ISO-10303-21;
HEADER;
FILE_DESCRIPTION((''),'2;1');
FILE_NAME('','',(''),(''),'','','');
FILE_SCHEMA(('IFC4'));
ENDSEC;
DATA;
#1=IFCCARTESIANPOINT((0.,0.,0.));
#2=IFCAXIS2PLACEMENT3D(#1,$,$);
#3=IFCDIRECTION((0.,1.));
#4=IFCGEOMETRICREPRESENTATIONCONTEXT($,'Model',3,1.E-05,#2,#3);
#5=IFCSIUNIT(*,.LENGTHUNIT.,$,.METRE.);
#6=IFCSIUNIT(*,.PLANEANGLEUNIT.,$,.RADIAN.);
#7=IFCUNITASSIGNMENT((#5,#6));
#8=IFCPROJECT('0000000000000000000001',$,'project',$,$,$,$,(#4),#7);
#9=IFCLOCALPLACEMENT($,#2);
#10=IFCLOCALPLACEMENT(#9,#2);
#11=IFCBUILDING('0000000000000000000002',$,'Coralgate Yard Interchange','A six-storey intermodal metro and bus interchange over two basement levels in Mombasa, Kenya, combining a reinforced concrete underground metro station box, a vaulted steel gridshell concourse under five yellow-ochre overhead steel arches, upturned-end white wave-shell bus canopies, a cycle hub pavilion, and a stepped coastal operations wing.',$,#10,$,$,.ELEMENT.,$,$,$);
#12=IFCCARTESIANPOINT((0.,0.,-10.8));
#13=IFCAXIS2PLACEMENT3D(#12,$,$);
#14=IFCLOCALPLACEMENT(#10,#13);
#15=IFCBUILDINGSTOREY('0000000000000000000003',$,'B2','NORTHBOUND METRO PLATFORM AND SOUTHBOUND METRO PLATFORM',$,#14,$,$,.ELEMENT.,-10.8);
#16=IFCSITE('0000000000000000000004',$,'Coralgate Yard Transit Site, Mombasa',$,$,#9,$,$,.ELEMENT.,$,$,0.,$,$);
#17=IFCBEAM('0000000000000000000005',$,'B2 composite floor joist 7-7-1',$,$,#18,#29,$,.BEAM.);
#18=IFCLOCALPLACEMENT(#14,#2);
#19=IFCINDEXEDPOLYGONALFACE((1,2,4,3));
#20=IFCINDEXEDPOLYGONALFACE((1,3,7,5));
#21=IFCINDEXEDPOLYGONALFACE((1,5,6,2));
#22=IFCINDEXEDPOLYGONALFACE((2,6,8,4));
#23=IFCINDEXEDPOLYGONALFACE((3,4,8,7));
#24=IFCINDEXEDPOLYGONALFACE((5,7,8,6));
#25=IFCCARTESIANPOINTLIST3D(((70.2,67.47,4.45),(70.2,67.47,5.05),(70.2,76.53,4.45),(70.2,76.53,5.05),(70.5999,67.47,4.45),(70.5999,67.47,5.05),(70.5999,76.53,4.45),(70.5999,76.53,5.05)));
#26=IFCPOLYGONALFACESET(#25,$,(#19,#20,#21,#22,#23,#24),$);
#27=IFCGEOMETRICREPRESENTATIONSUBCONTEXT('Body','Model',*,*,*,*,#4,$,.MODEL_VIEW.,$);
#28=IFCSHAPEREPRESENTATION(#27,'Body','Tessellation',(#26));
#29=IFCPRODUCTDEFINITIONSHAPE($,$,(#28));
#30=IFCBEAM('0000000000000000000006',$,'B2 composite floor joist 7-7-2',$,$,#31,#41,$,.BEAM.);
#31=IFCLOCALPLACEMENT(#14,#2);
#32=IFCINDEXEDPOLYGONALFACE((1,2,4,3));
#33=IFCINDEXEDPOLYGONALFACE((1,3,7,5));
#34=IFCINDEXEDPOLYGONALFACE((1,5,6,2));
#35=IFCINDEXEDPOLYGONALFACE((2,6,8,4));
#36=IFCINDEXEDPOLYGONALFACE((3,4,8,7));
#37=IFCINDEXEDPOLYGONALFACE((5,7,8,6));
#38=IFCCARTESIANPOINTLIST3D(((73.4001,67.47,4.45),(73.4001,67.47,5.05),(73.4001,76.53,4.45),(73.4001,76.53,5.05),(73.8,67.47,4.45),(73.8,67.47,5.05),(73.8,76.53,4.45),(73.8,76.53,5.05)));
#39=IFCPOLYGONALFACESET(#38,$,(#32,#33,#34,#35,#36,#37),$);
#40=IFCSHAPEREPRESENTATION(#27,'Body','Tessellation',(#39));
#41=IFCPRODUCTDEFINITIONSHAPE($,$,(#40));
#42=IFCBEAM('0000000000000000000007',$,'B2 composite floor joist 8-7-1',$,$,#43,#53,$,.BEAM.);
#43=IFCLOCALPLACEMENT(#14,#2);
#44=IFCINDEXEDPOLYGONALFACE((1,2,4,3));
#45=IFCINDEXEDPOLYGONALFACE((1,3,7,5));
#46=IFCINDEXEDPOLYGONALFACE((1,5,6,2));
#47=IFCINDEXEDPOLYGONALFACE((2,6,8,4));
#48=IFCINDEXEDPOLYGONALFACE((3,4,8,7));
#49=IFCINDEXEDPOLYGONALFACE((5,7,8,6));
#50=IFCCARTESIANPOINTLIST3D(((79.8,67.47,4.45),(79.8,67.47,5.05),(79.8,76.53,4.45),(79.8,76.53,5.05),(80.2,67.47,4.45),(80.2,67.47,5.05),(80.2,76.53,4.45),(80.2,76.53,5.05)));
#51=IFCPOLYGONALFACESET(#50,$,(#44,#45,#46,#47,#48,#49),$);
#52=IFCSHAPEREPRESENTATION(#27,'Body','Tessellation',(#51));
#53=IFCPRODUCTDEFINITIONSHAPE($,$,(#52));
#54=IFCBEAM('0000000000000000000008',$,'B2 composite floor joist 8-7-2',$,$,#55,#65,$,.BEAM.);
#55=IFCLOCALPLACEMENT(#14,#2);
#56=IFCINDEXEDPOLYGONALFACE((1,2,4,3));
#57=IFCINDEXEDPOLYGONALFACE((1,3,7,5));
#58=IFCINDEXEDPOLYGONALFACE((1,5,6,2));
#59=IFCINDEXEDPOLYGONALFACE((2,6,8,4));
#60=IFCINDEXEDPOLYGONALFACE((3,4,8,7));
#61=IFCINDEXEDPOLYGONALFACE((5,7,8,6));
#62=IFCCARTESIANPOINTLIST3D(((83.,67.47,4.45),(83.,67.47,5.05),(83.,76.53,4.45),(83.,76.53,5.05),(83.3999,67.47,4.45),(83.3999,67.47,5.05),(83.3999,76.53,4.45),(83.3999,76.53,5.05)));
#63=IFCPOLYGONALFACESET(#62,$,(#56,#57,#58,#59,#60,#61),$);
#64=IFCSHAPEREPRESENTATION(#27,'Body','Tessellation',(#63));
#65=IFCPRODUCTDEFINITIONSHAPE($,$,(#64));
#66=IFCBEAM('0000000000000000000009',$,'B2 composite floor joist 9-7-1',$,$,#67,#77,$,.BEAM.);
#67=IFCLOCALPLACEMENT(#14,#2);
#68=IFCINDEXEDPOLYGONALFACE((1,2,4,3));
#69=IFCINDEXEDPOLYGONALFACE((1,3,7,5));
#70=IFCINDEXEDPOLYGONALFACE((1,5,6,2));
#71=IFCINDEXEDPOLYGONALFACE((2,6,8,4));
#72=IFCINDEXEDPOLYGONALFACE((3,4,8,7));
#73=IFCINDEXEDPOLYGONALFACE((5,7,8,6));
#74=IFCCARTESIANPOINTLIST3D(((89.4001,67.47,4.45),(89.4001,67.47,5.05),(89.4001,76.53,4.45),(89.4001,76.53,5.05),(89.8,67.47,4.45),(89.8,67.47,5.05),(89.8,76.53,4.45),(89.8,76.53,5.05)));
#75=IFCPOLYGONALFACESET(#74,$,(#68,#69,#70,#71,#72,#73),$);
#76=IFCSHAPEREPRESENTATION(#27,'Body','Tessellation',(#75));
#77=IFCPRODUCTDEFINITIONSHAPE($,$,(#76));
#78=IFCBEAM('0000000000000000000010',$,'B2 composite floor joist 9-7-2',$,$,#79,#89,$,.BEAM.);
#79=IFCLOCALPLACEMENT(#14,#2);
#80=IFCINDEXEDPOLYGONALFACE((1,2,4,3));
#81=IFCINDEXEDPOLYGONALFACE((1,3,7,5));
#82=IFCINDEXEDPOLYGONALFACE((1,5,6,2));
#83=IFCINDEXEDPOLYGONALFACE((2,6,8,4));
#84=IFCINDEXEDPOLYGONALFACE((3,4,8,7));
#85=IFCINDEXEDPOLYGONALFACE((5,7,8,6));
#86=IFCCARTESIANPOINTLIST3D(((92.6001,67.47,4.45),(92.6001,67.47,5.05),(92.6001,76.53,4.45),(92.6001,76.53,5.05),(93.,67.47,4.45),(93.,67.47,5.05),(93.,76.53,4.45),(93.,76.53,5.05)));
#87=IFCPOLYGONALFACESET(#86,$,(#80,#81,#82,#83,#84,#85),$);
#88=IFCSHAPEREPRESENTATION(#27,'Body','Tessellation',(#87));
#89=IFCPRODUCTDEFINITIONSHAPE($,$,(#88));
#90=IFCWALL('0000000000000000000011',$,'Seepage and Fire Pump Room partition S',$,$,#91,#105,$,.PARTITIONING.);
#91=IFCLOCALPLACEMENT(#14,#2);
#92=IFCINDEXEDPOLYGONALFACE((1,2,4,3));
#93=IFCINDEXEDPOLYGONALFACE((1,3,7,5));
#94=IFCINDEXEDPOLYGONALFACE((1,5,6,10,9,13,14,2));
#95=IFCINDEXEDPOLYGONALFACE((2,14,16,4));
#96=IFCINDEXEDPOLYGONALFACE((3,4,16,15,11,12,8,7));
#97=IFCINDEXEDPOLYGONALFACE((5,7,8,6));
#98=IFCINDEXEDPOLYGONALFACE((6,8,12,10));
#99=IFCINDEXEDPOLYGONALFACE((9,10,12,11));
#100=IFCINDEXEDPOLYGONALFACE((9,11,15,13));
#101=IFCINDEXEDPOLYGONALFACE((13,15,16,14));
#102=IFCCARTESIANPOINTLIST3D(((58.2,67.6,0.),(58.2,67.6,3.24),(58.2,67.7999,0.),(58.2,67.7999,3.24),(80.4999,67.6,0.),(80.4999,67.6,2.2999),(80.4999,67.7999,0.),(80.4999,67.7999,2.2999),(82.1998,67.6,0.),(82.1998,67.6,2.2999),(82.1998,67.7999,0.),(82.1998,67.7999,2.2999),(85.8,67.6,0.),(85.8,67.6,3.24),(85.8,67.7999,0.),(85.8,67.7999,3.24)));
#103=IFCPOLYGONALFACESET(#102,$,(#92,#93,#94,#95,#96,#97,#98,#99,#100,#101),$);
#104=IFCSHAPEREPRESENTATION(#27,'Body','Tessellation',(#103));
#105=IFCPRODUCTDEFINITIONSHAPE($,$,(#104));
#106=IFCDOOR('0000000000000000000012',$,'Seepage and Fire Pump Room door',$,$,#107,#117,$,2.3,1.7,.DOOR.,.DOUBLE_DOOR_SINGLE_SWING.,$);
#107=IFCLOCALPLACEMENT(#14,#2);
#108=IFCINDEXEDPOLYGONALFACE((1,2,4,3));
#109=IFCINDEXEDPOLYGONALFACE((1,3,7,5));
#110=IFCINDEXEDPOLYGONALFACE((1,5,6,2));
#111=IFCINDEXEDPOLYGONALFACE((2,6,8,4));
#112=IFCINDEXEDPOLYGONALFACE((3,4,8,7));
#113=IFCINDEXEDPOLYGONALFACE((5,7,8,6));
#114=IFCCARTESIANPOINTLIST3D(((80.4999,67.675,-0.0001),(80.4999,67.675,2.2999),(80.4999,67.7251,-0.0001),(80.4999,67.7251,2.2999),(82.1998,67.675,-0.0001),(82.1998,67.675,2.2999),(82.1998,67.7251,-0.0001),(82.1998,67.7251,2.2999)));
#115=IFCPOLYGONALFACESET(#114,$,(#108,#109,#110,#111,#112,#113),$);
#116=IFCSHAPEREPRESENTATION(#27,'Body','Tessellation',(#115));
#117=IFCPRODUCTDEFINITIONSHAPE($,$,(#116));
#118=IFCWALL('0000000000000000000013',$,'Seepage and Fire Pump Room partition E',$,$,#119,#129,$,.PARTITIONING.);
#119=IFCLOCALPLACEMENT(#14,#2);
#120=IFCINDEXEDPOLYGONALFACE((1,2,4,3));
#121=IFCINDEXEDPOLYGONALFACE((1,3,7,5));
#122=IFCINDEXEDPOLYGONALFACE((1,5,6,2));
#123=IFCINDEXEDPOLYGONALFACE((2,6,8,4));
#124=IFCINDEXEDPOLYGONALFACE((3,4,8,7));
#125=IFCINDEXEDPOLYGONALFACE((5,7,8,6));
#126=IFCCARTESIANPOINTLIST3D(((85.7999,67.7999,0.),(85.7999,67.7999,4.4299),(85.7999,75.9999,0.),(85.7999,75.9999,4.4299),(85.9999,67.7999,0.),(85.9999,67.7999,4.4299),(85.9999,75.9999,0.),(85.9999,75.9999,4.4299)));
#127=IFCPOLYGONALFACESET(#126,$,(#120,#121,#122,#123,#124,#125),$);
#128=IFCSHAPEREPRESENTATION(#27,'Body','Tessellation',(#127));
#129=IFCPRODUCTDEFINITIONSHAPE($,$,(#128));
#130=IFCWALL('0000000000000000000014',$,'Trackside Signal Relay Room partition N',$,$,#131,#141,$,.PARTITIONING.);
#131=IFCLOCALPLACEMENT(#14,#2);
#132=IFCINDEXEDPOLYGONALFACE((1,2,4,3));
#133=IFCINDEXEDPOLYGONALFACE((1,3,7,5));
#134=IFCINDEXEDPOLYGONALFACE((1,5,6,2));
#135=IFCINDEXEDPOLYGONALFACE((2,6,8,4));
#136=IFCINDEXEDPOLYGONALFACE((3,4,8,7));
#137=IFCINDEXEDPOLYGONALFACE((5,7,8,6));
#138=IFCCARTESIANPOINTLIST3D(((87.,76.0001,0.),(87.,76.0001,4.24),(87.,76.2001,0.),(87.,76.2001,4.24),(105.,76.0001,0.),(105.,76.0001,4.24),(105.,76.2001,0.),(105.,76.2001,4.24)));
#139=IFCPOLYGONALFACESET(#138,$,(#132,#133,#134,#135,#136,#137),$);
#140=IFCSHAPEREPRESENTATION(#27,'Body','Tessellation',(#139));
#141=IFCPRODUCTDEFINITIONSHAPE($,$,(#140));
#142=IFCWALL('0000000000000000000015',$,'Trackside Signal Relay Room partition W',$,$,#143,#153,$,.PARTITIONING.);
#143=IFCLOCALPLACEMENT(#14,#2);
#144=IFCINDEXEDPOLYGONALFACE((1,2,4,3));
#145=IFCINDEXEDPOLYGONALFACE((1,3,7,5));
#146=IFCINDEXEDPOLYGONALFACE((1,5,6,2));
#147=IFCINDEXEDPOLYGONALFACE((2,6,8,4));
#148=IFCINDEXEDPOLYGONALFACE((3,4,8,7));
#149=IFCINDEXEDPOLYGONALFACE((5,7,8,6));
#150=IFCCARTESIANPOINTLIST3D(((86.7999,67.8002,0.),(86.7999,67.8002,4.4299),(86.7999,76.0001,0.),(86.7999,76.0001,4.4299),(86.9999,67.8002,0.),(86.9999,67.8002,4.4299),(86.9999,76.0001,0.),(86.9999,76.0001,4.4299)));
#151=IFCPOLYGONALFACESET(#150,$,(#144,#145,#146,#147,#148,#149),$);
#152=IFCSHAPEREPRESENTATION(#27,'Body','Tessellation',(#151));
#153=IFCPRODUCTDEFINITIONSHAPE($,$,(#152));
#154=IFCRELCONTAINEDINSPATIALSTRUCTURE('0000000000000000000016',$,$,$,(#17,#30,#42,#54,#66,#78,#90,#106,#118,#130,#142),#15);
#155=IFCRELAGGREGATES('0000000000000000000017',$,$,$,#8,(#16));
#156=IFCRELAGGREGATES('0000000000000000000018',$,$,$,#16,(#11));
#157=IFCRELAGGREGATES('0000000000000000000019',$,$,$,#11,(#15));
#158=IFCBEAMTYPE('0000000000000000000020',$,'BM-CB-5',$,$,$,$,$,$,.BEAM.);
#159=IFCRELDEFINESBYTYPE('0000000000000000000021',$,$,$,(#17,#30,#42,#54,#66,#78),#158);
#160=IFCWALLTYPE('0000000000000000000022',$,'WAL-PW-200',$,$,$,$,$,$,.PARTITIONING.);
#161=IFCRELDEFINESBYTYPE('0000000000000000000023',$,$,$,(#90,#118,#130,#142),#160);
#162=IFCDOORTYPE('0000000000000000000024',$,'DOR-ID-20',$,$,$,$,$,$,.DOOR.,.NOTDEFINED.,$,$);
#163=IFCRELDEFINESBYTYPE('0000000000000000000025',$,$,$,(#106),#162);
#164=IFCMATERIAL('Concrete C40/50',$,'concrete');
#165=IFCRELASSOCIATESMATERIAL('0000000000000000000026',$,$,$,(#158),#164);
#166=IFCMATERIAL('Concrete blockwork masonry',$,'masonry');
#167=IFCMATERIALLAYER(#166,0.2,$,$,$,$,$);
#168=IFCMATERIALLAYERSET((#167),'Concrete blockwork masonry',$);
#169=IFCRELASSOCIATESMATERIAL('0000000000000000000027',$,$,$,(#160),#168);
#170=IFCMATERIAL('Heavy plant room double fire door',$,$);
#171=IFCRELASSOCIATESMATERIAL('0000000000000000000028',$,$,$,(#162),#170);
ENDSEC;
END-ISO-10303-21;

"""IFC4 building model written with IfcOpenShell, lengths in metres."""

from ifc_helpers import new_model, si_unit, direction, frame, frame_2d, origin, origin_2d, place, context, subcontext, project, spatial, rectangle, extrude, material, layer, layer_set, material_profile, profile_set, type_object, element, fill, save


model = new_model("IFC4")

# Units and contexts
model_context = context("Model", 3, precision=1e-05, world=origin(), true_north=direction((0.0, 1.0)))
body_context = subcontext(model_context, "Body", "Model", "MODEL_VIEW")
ifc_project = project(units=[si_unit("LENGTHUNIT", "METRE"), si_unit("PLANEANGLEUNIT", "RADIAN")], contexts=[model_context])

# Site, building, storey
site_placement = place(None, origin())
site = spatial("IfcSite", under=ifc_project, at=site_placement, Name="Coralgate Yard Transit Site, Mombasa", CompositionType="ELEMENT", RefElevation=0.0)
building_placement = place(site_placement, origin())
building = spatial("IfcBuilding", under=site, at=building_placement, Name="Coralgate Yard Interchange", Description="A six-storey intermodal metro and bus interchange over two basement levels in Mombasa, Kenya, combining a reinforced concrete underground metro station box, a vaulted steel gridshell concourse under five yellow-ochre overhead steel arches, upturned-end white wave-shell bus canopies, a cycle hub pavilion, and a stepped coastal operations wing.", CompositionType="ELEMENT")
storey_placement = place(building_placement, frame((0.0, 0.0, -10.8)))
storey = spatial("IfcBuildingStorey", under=building, at=storey_placement, Name="B2", Description="NORTHBOUND METRO PLATFORM AND SOUTHBOUND METRO PLATFORM", CompositionType="ELEMENT", Elevation=-10.8)

# Shared definitions
ifc_material_1 = material(Name="Concrete C40/50", Category="concrete")

# Beams
ifc_material_profile_1 = material_profile(ifc_material_1, rectangle(XDim=0.3999, YDim=0.6001, at=origin_2d()), Name="RC 400x600")
ifc_profile_set_1 = profile_set([ifc_material_profile_1], Name="Concrete C40/50")
beam_type_1 = type_object("IfcBeamType", Name="BM-CB-5", PredefinedType="BEAM", material=ifc_profile_set_1)
for number, where, z_axis, x_axis, name in (
    (1, (70.3999, 67.47, 4.75), (0.0, 1.0, 0.0), (-1.0, 0.0, 0.0), "B2 composite floor joist 7-7-1"),
    (2, (73.6001, 67.47, 4.75), (0.0, 1.0, 0.0), (-1.0, 0.0, 0.0), "B2 composite floor joist 7-7-2"),
    (3, (80.0, 67.47, 4.75), (0.0, 1.0, 0.0), (-1.0, 0.0, 0.0), "B2 composite floor joist 8-7-1"),
    (4, (83.2, 67.47, 4.75), (0.0, 1.0, 0.0), (-1.0, 0.0, 0.0), "B2 composite floor joist 8-7-2"),
    (5, (89.6001, 67.47, 4.75), (0.0, 1.0, 0.0), (-1.0, 0.0, 0.0), "B2 composite floor joist 9-7-1"),
    (6, (92.8, 67.47, 4.75), (0.0, 1.0, 0.0), (-1.0, 0.0, 0.0), "B2 composite floor joist 9-7-2"),
):
    element("IfcBeam", number, at=place(storey_placement, frame(where, z_axis=z_axis, x_axis=x_axis)), inside=storey, type_object=beam_type_1, Name=name, PredefinedType="BEAM", context=body_context, shape_type="SweptSolid", body=[
        extrude(rectangle(XDim=0.3999, YDim=0.6001, at=origin_2d()), origin(), (0.0, 0.0, 1.0), 9.0601),
    ])

# Wall, opening, door
ifc_material_2 = material(Name="Concrete blockwork masonry", Category="masonry")
ifc_layer = layer(ifc_material_2, 0.2)
ifc_layer_set = layer_set([ifc_layer], Name="Concrete blockwork masonry")
wall_type = type_object("IfcWallType", Name="WAL-PW-200", PredefinedType="PARTITIONING", material=ifc_layer_set)
wall_1_placement = place(storey_placement, frame((85.8, 67.7, 0.0), z_axis=(0.0, 0.0, 1.0), x_axis=(-1.0, 0.0, 0.0)))
wall_1 = element("IfcWall", 7, at=wall_1_placement, inside=storey, type_object=wall_type, Name="Seepage and Fire Pump Room partition S", PredefinedType="PARTITIONING", context=body_context, shape_type="SweptSolid", body=[
    extrude(rectangle(XDim=27.6001, YDim=0.2, at=frame_2d((13.8, 0.0))), origin(), (0.0, 0.0, 1.0), 3.24),
])
opening_placement = place(wall_1_placement, frame((3.6001, 0.0, 0.0)))
opening = element("IfcOpeningElement", 8, at=opening_placement, cuts=wall_1, PredefinedType="OPENING", context=body_context, shape_type="SweptSolid", body=[
    extrude(rectangle(XDim=1.7, YDim=2.3, at=frame_2d((0.8501, 1.1499))), frame((0.0, 0.1099, 0.0), z_axis=(0.0, -1.0, 0.0), x_axis=(1.0, 0.0, 0.0)), (0.0, 0.0, 1.0), 0.22),
])
ifc_material_3 = material(Name="Heavy plant room double fire door")
door_type = type_object("IfcDoorType", Name="DOR-ID-20", OperationType="NOTDEFINED", PredefinedType="DOOR", material=ifc_material_3)
door_placement = place(opening_placement, origin())
door = element("IfcDoor", 9, at=door_placement, inside=storey, type_object=door_type, Name="Seepage and Fire Pump Room door", OperationType="DOUBLE_DOOR_SINGLE_SWING", OverallHeight=2.3, OverallWidth=1.7, PredefinedType="DOOR", context=body_context, shape_type="SweptSolid", body=[
    extrude(rectangle(XDim=1.7, YDim=2.3, at=frame_2d((0.8501, 1.1499))), frame((0.0, 0.0249, 0.0), z_axis=(0.0, -1.0, 0.0), x_axis=(1.0, 0.0, 0.0)), (0.0, 0.0, 1.0), 0.05),
])
fill(opening, door)

# Walls
wall_2_placement = place(storey_placement, frame((85.8999, 76.0, 0.0), z_axis=(0.0, 0.0, 1.0), x_axis=(0.0, -1.0, 0.0)))
element("IfcWall", 10, at=wall_2_placement, inside=storey, type_object=wall_type, Name="Seepage and Fire Pump Room partition E", PredefinedType="PARTITIONING", context=body_context, shape_type="SweptSolid", body=[
    extrude(rectangle(XDim=8.2, YDim=0.2, at=frame_2d((4.1001, 0.0))), origin(), (0.0, 0.0, 1.0), 4.4299),
])
wall_3_placement = place(storey_placement, frame((87.0, 76.1001, 0.0), z_axis=(0.0, 0.0, 1.0), x_axis=(1.0, 0.0, 0.0)))
element("IfcWall", 11, at=wall_3_placement, inside=storey, type_object=wall_type, Name="Trackside Signal Relay Room partition N", PredefinedType="PARTITIONING", context=body_context, shape_type="SweptSolid", body=[
    extrude(rectangle(XDim=18.0, YDim=0.2, at=frame_2d((9.0, 0.0))), origin(), (0.0, 0.0, 1.0), 4.24),
])
wall_4_placement = place(storey_placement, frame((86.8999, 67.8, 0.0), z_axis=(0.0, 0.0, 1.0), x_axis=(0.0, 1.0, 0.0)))
element("IfcWall", 12, at=wall_4_placement, inside=storey, type_object=wall_type, Name="Trackside Signal Relay Room partition W", PredefinedType="PARTITIONING", context=body_context, shape_type="SweptSolid", body=[
    extrude(rectangle(XDim=8.2, YDim=0.2, at=frame_2d((4.1001, 0.0))), origin(), (0.0, 0.0, 1.0), 4.4299),
])

save(model, "model.ifc")
